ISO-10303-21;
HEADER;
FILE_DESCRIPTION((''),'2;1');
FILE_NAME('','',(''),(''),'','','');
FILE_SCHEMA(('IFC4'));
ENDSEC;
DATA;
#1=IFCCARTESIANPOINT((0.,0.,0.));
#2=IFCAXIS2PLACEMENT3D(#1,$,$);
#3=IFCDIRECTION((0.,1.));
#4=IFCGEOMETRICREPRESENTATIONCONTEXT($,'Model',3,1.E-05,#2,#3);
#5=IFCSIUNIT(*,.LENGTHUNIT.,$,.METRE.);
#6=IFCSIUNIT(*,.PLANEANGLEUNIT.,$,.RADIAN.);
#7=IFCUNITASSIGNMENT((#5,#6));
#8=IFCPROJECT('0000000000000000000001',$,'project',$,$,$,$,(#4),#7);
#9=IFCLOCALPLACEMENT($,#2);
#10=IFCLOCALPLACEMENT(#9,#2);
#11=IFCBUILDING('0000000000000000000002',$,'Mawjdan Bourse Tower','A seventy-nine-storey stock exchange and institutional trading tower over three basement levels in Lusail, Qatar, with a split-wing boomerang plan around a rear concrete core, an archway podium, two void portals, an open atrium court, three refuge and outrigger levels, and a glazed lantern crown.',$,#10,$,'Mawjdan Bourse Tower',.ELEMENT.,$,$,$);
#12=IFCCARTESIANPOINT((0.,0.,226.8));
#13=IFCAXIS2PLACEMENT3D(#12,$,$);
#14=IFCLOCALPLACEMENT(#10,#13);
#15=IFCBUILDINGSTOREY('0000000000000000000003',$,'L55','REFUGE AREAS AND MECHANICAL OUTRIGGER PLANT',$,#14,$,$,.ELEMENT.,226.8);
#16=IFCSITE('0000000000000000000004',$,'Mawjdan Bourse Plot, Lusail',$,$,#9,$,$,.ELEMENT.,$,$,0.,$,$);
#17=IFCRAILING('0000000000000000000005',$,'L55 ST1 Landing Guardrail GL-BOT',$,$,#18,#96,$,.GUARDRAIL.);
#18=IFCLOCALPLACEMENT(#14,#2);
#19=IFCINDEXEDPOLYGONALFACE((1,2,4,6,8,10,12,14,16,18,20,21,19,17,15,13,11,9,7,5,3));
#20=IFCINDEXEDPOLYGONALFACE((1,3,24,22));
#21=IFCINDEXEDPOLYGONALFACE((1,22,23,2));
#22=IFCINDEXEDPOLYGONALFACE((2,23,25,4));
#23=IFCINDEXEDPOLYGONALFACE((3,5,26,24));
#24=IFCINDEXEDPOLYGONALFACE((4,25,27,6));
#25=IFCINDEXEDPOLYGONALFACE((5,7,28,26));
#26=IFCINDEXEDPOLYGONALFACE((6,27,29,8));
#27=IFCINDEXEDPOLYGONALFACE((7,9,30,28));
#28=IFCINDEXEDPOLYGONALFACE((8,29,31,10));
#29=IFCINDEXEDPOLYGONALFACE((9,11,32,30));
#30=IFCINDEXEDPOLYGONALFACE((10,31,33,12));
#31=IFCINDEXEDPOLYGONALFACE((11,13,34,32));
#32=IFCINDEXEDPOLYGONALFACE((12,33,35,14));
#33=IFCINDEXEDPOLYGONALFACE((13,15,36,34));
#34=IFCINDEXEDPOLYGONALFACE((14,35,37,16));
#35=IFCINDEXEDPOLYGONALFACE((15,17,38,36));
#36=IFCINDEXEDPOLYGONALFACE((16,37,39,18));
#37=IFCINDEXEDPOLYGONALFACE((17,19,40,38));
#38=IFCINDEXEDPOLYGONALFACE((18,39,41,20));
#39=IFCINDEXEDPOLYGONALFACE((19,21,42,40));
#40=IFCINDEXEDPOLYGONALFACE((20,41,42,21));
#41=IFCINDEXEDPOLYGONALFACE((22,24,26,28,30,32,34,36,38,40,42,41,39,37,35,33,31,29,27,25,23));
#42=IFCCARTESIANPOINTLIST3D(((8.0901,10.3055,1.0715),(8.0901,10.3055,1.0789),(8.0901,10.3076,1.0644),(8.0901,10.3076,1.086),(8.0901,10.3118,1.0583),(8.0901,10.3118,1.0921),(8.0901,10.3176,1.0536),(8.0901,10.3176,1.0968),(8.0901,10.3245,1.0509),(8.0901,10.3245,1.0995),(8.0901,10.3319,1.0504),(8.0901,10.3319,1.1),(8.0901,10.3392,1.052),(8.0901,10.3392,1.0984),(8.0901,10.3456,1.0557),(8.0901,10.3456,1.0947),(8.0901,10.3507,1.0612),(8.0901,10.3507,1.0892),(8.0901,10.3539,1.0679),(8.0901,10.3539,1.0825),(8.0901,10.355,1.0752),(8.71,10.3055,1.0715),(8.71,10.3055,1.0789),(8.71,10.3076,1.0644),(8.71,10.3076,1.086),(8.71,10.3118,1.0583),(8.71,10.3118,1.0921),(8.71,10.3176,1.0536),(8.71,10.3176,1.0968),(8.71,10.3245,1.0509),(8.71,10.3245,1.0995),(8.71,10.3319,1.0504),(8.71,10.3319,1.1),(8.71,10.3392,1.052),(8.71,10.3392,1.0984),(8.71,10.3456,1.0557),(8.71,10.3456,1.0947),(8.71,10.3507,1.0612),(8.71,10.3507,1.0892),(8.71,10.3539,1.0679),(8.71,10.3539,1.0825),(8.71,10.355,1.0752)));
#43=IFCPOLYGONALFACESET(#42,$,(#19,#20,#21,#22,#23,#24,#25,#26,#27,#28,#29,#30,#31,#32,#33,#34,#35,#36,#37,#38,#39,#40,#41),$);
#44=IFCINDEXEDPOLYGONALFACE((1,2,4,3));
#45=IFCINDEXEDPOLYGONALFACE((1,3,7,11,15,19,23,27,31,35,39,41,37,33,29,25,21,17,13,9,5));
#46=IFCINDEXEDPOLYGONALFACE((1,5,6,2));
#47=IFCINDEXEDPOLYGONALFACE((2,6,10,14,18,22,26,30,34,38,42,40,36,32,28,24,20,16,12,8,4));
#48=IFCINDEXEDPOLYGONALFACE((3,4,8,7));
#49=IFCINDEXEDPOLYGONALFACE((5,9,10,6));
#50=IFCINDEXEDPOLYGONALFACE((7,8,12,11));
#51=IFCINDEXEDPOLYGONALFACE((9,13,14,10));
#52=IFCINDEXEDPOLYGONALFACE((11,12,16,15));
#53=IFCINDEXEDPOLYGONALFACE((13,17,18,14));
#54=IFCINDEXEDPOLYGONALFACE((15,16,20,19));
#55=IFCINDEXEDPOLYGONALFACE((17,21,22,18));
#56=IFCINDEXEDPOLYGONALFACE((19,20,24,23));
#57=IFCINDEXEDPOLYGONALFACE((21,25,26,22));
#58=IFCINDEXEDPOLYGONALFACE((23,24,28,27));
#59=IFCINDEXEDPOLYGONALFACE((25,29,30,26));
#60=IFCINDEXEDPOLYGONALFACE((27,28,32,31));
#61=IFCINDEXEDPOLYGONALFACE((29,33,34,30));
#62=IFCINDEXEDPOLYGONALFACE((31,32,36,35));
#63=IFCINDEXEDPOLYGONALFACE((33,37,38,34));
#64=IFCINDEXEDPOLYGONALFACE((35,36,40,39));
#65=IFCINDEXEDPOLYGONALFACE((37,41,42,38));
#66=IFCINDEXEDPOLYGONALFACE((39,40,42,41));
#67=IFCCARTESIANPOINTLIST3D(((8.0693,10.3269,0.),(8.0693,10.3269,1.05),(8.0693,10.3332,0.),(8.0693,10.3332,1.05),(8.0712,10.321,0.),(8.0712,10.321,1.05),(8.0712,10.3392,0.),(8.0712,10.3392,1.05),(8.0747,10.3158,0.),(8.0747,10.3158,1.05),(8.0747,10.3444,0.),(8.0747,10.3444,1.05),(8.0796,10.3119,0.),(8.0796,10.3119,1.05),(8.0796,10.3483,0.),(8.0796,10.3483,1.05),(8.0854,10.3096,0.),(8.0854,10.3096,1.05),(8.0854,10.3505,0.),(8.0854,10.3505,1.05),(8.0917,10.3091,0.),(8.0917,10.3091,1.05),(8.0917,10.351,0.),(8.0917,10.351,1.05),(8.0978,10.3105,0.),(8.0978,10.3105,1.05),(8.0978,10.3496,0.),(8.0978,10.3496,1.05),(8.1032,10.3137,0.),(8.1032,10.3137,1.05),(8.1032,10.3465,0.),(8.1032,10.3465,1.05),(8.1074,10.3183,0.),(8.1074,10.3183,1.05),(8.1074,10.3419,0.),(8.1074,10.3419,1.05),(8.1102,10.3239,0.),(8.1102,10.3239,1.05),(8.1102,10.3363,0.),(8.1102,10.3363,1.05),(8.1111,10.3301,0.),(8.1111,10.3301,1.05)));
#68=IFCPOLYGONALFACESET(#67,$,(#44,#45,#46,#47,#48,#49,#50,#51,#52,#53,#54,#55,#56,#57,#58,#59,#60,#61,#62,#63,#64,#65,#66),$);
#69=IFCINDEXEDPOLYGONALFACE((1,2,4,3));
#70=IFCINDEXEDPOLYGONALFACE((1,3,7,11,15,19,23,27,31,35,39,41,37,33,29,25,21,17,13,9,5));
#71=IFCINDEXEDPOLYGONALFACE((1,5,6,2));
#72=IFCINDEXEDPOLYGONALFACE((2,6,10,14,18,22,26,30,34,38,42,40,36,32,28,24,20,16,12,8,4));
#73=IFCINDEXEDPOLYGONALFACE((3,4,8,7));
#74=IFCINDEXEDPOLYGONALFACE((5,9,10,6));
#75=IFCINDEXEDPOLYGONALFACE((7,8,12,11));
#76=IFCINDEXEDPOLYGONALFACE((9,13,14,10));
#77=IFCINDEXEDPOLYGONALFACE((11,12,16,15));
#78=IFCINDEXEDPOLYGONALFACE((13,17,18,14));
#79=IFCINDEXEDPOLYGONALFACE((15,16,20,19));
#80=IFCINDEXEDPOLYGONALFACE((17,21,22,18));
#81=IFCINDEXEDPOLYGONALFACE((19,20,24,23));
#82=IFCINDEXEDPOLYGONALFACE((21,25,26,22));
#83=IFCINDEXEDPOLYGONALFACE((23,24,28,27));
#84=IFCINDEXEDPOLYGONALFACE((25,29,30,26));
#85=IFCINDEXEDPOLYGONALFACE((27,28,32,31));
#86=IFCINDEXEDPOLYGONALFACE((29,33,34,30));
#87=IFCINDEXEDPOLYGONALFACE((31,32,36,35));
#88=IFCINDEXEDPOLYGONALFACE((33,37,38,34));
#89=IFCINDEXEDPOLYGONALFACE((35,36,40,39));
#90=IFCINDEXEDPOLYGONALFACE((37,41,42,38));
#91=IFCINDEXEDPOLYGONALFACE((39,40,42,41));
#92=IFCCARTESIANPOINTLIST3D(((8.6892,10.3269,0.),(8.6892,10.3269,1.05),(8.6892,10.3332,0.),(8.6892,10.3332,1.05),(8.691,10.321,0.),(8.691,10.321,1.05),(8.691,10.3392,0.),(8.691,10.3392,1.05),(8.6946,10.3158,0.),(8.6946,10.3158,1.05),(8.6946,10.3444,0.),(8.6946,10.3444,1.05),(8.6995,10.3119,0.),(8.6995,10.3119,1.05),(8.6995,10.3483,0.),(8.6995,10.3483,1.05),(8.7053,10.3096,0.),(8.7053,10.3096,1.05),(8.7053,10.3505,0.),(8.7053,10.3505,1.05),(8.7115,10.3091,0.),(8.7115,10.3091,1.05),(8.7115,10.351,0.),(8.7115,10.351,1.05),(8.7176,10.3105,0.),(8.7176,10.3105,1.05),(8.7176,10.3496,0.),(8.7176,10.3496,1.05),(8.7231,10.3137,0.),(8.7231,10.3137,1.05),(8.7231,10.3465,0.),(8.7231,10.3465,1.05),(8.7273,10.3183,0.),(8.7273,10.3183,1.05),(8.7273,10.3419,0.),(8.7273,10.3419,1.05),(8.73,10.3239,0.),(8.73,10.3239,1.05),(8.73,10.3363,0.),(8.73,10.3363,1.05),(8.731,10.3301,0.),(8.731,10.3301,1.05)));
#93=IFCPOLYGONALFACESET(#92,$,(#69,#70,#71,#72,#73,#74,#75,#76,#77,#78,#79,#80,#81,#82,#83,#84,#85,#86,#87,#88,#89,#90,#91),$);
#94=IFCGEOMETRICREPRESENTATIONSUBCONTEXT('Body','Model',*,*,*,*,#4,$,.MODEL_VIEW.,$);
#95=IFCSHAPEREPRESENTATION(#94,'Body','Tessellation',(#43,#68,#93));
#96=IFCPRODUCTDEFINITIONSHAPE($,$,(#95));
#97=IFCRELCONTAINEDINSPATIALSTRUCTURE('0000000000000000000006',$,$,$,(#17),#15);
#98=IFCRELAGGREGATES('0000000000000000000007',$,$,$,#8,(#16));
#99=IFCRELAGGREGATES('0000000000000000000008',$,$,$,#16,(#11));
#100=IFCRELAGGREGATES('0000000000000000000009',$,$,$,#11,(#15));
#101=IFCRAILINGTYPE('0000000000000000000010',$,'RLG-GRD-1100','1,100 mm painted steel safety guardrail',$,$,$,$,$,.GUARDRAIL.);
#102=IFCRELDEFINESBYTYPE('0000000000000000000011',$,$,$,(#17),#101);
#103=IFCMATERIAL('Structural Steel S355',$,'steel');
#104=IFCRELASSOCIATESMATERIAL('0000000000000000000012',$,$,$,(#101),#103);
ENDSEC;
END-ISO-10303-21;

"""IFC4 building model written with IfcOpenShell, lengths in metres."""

from ifc_helpers import new_model, si_unit, direction, frame, origin, origin_2d, place, context, subcontext, project, spatial, circle, extrude, material, type_object, element, save


model = new_model("IFC4")

# Units and contexts
model_context = context("Model", 3, precision=1e-05, world=origin(), true_north=direction((0.0, 1.0)))
body_context = subcontext(model_context, "Body", "Model", "MODEL_VIEW")
ifc_project = project(units=[si_unit("LENGTHUNIT", "METRE"), si_unit("PLANEANGLEUNIT", "RADIAN")], contexts=[model_context])

# Site, building, storey
site_placement = place(None, origin())
site = spatial("IfcSite", under=ifc_project, at=site_placement, Name="Mawjdan Bourse Plot, Lusail", CompositionType="ELEMENT", RefElevation=0.0)
building_placement = place(site_placement, origin())
building = spatial("IfcBuilding", under=site, at=building_placement, Name="Mawjdan Bourse Tower", Description="A seventy-nine-storey stock exchange and institutional trading tower over three basement levels in Lusail, Qatar, with a split-wing boomerang plan around a rear concrete core, an archway podium, two void portals, an open atrium court, three refuge and outrigger levels, and a glazed lantern crown.", LongName="Mawjdan Bourse Tower", CompositionType="ELEMENT")
storey_placement = place(building_placement, frame((0.0, 0.0, 226.8)))
storey = spatial("IfcBuildingStorey", under=building, at=storey_placement, Name="L55", Description="REFUGE AREAS AND MECHANICAL OUTRIGGER PLANT", CompositionType="ELEMENT", Elevation=226.8)

# Shared definitions
ifc_material_1 = material(Name="Structural Steel S355", Category="steel")

# Railing
railing_type_1 = type_object("IfcRailingType", Name="RLG-GRD-1100", Description="1,100 mm painted steel safety guardrail", PredefinedType="GUARDRAIL", material=ifc_material_1)
for number, where, name in (
    (1, (8.0901, 10.3301, 0.0), "L55 ST1 Landing Guardrail GL-BOT"),
):
    element("IfcRailing", number, at=place(storey_placement, frame(where)), inside=storey, type_object=railing_type_1, Name=name, PredefinedType="GUARDRAIL", context=body_context, shape_type="SweptSolid", body=[
        extrude(circle(Radius=0.0249, at=origin_2d()), frame((0.0, 0.0, 1.0752), z_axis=(1.0, 0.0, 0.0), x_axis=(0.0, 1.0, 0.0)), (0.0, 0.0, 1.0), 0.6199),
        extrude(circle(Radius=0.021, at=origin_2d()), origin(), (0.0, 0.0, 1.0), 1.05),
        extrude(circle(Radius=0.021, at=origin_2d()), frame((0.6199, 0.0, 0.0)), (0.0, 0.0, 1.0), 1.05),
    ])

save(model, "model.ifc")
